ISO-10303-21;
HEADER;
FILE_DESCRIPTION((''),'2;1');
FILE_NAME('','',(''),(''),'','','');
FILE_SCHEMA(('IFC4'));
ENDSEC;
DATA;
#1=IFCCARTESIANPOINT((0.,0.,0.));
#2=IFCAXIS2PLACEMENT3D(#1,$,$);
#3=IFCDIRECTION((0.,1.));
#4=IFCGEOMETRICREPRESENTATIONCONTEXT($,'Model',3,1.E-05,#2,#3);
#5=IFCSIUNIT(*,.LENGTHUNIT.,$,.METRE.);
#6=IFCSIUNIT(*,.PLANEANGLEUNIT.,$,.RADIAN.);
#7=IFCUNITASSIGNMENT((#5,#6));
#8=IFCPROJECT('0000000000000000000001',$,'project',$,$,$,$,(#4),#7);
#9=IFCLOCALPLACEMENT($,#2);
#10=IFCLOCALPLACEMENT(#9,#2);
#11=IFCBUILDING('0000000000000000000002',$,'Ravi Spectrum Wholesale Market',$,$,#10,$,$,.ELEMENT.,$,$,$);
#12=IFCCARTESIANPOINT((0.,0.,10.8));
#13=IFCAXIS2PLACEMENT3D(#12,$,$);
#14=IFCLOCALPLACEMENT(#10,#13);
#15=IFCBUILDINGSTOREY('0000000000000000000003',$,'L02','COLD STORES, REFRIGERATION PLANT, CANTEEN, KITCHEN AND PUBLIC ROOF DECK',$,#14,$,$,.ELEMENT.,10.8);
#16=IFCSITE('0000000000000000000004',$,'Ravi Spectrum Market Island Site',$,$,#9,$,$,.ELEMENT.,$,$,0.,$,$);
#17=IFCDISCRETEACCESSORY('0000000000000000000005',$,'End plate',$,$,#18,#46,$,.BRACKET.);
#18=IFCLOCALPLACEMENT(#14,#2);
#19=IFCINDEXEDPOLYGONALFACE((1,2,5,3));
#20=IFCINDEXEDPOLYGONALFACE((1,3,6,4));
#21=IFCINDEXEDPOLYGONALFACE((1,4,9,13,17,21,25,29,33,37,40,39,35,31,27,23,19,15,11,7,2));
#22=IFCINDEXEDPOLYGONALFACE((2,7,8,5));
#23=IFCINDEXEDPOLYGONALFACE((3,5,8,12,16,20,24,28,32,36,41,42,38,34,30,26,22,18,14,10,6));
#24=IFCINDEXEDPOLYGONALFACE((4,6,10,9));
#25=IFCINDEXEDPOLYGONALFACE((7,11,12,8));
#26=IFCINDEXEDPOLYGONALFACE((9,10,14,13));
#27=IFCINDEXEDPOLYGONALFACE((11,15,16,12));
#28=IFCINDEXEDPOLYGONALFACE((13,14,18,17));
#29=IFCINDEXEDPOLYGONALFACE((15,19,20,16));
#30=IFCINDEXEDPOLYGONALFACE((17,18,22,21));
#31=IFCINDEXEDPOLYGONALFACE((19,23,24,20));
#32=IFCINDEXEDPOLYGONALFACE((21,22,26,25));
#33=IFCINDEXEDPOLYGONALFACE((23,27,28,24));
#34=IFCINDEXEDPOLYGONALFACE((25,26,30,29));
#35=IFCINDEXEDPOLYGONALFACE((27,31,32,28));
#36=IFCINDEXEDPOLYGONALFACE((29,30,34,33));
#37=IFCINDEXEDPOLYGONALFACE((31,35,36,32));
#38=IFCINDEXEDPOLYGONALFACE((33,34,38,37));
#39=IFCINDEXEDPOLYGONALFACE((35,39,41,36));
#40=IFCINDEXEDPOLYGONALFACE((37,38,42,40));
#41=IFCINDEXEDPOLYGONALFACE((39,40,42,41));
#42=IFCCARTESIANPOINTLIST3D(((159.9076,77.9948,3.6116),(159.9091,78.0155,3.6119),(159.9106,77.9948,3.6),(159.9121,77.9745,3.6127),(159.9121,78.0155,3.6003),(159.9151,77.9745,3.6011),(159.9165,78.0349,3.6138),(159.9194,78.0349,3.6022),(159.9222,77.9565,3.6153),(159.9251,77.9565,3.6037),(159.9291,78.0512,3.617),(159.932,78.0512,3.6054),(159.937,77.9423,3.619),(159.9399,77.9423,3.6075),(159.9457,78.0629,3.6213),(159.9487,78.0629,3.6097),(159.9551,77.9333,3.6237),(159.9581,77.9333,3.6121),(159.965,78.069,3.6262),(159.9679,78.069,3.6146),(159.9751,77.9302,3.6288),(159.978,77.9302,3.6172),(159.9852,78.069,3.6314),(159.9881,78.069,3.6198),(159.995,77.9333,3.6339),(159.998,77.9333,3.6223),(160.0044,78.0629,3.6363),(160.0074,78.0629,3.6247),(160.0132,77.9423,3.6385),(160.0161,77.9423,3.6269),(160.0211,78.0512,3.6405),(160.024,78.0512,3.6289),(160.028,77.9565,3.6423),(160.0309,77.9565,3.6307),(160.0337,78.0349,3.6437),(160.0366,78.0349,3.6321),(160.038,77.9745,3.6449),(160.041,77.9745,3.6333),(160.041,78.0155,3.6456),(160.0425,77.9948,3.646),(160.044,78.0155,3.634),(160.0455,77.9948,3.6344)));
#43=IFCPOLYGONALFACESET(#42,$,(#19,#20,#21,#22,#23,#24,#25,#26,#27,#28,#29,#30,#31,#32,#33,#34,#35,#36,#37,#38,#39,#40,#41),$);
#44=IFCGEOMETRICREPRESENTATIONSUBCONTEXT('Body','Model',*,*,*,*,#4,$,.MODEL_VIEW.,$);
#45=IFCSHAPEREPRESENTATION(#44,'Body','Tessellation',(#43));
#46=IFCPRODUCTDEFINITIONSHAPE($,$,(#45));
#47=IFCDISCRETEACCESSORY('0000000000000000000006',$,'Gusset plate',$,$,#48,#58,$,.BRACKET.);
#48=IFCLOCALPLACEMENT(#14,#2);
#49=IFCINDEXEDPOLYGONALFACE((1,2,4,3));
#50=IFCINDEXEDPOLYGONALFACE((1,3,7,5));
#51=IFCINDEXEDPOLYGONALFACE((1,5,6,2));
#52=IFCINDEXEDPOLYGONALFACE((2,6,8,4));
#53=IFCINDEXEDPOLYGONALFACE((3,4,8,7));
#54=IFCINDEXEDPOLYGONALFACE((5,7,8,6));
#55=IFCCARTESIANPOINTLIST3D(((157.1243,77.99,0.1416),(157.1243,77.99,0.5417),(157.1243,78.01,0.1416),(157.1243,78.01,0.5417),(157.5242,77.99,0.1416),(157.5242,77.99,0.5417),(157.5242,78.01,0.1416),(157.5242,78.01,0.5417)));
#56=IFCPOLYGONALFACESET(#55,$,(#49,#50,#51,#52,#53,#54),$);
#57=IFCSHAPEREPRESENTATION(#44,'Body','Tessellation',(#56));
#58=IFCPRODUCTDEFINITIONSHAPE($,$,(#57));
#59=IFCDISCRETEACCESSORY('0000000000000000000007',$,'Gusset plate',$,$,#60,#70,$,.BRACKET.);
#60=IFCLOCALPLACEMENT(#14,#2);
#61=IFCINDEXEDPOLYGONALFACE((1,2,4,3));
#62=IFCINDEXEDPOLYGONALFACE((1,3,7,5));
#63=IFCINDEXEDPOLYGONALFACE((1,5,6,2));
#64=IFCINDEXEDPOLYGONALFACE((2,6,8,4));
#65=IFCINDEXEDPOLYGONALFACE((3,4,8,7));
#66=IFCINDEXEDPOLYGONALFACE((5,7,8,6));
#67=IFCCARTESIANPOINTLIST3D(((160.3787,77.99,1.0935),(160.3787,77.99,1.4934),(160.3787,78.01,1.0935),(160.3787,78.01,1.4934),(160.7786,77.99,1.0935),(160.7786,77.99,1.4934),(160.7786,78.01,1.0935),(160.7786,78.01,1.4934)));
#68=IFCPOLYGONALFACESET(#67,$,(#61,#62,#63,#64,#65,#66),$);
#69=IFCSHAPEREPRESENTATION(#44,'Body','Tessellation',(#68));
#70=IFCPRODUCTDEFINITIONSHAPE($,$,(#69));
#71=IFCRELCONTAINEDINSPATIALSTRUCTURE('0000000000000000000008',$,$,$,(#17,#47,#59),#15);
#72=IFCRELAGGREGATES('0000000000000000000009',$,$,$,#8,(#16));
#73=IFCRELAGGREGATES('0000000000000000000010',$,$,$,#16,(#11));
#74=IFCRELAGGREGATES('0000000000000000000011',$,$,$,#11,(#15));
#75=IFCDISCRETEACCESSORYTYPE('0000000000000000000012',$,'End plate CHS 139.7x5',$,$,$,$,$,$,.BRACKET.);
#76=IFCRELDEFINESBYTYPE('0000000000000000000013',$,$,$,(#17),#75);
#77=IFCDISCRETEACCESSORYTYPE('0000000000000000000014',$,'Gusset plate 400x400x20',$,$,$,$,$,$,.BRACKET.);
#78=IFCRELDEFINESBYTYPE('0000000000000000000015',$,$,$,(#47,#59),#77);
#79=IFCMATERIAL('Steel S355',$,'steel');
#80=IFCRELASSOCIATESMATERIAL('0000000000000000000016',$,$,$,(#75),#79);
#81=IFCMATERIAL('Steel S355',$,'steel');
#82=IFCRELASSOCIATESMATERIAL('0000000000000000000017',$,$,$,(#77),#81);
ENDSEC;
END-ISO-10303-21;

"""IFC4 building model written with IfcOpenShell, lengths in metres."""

from ifc_helpers import new_model, si_unit, direction, frame, origin, origin_2d, place, context, subcontext, project, spatial, rectangle, circle, extrude, material, material_profile, profile_set, type_object, element, save


model = new_model("IFC4")

# Units and contexts
model_context = context("Model", 3, precision=1e-05, world=origin(), true_north=direction((0.0, 1.0)))
body_context = subcontext(model_context, "Body", "Model", "MODEL_VIEW")
ifc_project = project(units=[si_unit("LENGTHUNIT", "METRE"), si_unit("PLANEANGLEUNIT", "RADIAN")], contexts=[model_context])

# Site, building, storey
site_placement = place(None, origin())
site = spatial("IfcSite", under=ifc_project, at=site_placement, Name="Ravi Spectrum Market Island Site", CompositionType="ELEMENT", RefElevation=0.0)
building_placement = place(site_placement, origin())
building = spatial("IfcBuilding", under=site, at=building_placement, Name="Ravi Spectrum Wholesale Market", CompositionType="ELEMENT")
storey_placement = place(building_placement, frame((0.0, 0.0, 10.8)))
storey = spatial("IfcBuildingStorey", under=building, at=storey_placement, Name="L02", Description="COLD STORES, REFRIGERATION PLANT, CANTEEN, KITCHEN AND PUBLIC ROOF DECK", CompositionType="ELEMENT", Elevation=10.8)

# Discrete accessories
ifc_material_1 = material(Name="Steel S355", Category="steel")
ifc_material_profile_1 = material_profile(ifc_material_1, circle(Radius=0.0698, at=origin_2d()))
ifc_profile_set_1 = profile_set([ifc_material_profile_1], Name="Steel S355")
discrete_accessory_type_1 = type_object("IfcDiscreteAccessoryType", Name="End plate CHS 139.7x5", PredefinedType="BRACKET", material=ifc_profile_set_1)
for number, where, z_axis, x_axis, name in (
    (1, (159.978, 78.0, 3.6172), (-0.247383, 0.0, 0.968918), (0.0, -1.0, 0.0), "End plate"),
):
    element("IfcDiscreteAccessory", number, at=place(storey_placement, frame(where, z_axis=z_axis, x_axis=x_axis)), inside=storey, type_object=discrete_accessory_type_1, Name=name, PredefinedType="BRACKET", context=body_context, shape_type="SweptSolid", body=[
        extrude(circle(Radius=0.0698, at=origin_2d()), origin(), (0.0, 0.0, 1.0), 0.012),
    ])
ifc_material_2 = material(Name="Steel S355", Category="steel")
ifc_material_profile_2 = material_profile(ifc_material_2, rectangle(XDim=0.3999, YDim=0.02, at=origin_2d()))
ifc_profile_set_2 = profile_set([ifc_material_profile_2], Name="Steel S355")
discrete_accessory_type_2 = type_object("IfcDiscreteAccessoryType", Name="Gusset plate 400x400x20", PredefinedType="BRACKET", material=ifc_profile_set_2)
discrete_accessory_1_placement = place(storey_placement, frame((157.3242, 78.0, 0.1416), z_axis=(0.0, 0.0, 1.0), x_axis=(1.0, 0.0, 0.0)))
element("IfcDiscreteAccessory", 2, at=discrete_accessory_1_placement, inside=storey, type_object=discrete_accessory_type_2, Name="Gusset plate", PredefinedType="BRACKET", context=body_context, shape_type="SweptSolid", body=[
    extrude(rectangle(XDim=0.3999, YDim=0.02, at=origin_2d()), origin(), (0.0, 0.0, 1.0), 0.4001),
])
discrete_accessory_2_placement = place(storey_placement, frame((160.5786, 78.0, 1.0935), z_axis=(0.0, 0.0, 1.0), x_axis=(1.0, 0.0, 0.0)))
element("IfcDiscreteAccessory", 3, at=discrete_accessory_2_placement, inside=storey, type_object=discrete_accessory_type_2, Name="Gusset plate", PredefinedType="BRACKET", context=body_context, shape_type="SweptSolid", body=[
    extrude(rectangle(XDim=0.3999, YDim=0.02, at=origin_2d()), origin(), (0.0, 0.0, 1.0), 0.3999),
])

save(model, "model.ifc")
